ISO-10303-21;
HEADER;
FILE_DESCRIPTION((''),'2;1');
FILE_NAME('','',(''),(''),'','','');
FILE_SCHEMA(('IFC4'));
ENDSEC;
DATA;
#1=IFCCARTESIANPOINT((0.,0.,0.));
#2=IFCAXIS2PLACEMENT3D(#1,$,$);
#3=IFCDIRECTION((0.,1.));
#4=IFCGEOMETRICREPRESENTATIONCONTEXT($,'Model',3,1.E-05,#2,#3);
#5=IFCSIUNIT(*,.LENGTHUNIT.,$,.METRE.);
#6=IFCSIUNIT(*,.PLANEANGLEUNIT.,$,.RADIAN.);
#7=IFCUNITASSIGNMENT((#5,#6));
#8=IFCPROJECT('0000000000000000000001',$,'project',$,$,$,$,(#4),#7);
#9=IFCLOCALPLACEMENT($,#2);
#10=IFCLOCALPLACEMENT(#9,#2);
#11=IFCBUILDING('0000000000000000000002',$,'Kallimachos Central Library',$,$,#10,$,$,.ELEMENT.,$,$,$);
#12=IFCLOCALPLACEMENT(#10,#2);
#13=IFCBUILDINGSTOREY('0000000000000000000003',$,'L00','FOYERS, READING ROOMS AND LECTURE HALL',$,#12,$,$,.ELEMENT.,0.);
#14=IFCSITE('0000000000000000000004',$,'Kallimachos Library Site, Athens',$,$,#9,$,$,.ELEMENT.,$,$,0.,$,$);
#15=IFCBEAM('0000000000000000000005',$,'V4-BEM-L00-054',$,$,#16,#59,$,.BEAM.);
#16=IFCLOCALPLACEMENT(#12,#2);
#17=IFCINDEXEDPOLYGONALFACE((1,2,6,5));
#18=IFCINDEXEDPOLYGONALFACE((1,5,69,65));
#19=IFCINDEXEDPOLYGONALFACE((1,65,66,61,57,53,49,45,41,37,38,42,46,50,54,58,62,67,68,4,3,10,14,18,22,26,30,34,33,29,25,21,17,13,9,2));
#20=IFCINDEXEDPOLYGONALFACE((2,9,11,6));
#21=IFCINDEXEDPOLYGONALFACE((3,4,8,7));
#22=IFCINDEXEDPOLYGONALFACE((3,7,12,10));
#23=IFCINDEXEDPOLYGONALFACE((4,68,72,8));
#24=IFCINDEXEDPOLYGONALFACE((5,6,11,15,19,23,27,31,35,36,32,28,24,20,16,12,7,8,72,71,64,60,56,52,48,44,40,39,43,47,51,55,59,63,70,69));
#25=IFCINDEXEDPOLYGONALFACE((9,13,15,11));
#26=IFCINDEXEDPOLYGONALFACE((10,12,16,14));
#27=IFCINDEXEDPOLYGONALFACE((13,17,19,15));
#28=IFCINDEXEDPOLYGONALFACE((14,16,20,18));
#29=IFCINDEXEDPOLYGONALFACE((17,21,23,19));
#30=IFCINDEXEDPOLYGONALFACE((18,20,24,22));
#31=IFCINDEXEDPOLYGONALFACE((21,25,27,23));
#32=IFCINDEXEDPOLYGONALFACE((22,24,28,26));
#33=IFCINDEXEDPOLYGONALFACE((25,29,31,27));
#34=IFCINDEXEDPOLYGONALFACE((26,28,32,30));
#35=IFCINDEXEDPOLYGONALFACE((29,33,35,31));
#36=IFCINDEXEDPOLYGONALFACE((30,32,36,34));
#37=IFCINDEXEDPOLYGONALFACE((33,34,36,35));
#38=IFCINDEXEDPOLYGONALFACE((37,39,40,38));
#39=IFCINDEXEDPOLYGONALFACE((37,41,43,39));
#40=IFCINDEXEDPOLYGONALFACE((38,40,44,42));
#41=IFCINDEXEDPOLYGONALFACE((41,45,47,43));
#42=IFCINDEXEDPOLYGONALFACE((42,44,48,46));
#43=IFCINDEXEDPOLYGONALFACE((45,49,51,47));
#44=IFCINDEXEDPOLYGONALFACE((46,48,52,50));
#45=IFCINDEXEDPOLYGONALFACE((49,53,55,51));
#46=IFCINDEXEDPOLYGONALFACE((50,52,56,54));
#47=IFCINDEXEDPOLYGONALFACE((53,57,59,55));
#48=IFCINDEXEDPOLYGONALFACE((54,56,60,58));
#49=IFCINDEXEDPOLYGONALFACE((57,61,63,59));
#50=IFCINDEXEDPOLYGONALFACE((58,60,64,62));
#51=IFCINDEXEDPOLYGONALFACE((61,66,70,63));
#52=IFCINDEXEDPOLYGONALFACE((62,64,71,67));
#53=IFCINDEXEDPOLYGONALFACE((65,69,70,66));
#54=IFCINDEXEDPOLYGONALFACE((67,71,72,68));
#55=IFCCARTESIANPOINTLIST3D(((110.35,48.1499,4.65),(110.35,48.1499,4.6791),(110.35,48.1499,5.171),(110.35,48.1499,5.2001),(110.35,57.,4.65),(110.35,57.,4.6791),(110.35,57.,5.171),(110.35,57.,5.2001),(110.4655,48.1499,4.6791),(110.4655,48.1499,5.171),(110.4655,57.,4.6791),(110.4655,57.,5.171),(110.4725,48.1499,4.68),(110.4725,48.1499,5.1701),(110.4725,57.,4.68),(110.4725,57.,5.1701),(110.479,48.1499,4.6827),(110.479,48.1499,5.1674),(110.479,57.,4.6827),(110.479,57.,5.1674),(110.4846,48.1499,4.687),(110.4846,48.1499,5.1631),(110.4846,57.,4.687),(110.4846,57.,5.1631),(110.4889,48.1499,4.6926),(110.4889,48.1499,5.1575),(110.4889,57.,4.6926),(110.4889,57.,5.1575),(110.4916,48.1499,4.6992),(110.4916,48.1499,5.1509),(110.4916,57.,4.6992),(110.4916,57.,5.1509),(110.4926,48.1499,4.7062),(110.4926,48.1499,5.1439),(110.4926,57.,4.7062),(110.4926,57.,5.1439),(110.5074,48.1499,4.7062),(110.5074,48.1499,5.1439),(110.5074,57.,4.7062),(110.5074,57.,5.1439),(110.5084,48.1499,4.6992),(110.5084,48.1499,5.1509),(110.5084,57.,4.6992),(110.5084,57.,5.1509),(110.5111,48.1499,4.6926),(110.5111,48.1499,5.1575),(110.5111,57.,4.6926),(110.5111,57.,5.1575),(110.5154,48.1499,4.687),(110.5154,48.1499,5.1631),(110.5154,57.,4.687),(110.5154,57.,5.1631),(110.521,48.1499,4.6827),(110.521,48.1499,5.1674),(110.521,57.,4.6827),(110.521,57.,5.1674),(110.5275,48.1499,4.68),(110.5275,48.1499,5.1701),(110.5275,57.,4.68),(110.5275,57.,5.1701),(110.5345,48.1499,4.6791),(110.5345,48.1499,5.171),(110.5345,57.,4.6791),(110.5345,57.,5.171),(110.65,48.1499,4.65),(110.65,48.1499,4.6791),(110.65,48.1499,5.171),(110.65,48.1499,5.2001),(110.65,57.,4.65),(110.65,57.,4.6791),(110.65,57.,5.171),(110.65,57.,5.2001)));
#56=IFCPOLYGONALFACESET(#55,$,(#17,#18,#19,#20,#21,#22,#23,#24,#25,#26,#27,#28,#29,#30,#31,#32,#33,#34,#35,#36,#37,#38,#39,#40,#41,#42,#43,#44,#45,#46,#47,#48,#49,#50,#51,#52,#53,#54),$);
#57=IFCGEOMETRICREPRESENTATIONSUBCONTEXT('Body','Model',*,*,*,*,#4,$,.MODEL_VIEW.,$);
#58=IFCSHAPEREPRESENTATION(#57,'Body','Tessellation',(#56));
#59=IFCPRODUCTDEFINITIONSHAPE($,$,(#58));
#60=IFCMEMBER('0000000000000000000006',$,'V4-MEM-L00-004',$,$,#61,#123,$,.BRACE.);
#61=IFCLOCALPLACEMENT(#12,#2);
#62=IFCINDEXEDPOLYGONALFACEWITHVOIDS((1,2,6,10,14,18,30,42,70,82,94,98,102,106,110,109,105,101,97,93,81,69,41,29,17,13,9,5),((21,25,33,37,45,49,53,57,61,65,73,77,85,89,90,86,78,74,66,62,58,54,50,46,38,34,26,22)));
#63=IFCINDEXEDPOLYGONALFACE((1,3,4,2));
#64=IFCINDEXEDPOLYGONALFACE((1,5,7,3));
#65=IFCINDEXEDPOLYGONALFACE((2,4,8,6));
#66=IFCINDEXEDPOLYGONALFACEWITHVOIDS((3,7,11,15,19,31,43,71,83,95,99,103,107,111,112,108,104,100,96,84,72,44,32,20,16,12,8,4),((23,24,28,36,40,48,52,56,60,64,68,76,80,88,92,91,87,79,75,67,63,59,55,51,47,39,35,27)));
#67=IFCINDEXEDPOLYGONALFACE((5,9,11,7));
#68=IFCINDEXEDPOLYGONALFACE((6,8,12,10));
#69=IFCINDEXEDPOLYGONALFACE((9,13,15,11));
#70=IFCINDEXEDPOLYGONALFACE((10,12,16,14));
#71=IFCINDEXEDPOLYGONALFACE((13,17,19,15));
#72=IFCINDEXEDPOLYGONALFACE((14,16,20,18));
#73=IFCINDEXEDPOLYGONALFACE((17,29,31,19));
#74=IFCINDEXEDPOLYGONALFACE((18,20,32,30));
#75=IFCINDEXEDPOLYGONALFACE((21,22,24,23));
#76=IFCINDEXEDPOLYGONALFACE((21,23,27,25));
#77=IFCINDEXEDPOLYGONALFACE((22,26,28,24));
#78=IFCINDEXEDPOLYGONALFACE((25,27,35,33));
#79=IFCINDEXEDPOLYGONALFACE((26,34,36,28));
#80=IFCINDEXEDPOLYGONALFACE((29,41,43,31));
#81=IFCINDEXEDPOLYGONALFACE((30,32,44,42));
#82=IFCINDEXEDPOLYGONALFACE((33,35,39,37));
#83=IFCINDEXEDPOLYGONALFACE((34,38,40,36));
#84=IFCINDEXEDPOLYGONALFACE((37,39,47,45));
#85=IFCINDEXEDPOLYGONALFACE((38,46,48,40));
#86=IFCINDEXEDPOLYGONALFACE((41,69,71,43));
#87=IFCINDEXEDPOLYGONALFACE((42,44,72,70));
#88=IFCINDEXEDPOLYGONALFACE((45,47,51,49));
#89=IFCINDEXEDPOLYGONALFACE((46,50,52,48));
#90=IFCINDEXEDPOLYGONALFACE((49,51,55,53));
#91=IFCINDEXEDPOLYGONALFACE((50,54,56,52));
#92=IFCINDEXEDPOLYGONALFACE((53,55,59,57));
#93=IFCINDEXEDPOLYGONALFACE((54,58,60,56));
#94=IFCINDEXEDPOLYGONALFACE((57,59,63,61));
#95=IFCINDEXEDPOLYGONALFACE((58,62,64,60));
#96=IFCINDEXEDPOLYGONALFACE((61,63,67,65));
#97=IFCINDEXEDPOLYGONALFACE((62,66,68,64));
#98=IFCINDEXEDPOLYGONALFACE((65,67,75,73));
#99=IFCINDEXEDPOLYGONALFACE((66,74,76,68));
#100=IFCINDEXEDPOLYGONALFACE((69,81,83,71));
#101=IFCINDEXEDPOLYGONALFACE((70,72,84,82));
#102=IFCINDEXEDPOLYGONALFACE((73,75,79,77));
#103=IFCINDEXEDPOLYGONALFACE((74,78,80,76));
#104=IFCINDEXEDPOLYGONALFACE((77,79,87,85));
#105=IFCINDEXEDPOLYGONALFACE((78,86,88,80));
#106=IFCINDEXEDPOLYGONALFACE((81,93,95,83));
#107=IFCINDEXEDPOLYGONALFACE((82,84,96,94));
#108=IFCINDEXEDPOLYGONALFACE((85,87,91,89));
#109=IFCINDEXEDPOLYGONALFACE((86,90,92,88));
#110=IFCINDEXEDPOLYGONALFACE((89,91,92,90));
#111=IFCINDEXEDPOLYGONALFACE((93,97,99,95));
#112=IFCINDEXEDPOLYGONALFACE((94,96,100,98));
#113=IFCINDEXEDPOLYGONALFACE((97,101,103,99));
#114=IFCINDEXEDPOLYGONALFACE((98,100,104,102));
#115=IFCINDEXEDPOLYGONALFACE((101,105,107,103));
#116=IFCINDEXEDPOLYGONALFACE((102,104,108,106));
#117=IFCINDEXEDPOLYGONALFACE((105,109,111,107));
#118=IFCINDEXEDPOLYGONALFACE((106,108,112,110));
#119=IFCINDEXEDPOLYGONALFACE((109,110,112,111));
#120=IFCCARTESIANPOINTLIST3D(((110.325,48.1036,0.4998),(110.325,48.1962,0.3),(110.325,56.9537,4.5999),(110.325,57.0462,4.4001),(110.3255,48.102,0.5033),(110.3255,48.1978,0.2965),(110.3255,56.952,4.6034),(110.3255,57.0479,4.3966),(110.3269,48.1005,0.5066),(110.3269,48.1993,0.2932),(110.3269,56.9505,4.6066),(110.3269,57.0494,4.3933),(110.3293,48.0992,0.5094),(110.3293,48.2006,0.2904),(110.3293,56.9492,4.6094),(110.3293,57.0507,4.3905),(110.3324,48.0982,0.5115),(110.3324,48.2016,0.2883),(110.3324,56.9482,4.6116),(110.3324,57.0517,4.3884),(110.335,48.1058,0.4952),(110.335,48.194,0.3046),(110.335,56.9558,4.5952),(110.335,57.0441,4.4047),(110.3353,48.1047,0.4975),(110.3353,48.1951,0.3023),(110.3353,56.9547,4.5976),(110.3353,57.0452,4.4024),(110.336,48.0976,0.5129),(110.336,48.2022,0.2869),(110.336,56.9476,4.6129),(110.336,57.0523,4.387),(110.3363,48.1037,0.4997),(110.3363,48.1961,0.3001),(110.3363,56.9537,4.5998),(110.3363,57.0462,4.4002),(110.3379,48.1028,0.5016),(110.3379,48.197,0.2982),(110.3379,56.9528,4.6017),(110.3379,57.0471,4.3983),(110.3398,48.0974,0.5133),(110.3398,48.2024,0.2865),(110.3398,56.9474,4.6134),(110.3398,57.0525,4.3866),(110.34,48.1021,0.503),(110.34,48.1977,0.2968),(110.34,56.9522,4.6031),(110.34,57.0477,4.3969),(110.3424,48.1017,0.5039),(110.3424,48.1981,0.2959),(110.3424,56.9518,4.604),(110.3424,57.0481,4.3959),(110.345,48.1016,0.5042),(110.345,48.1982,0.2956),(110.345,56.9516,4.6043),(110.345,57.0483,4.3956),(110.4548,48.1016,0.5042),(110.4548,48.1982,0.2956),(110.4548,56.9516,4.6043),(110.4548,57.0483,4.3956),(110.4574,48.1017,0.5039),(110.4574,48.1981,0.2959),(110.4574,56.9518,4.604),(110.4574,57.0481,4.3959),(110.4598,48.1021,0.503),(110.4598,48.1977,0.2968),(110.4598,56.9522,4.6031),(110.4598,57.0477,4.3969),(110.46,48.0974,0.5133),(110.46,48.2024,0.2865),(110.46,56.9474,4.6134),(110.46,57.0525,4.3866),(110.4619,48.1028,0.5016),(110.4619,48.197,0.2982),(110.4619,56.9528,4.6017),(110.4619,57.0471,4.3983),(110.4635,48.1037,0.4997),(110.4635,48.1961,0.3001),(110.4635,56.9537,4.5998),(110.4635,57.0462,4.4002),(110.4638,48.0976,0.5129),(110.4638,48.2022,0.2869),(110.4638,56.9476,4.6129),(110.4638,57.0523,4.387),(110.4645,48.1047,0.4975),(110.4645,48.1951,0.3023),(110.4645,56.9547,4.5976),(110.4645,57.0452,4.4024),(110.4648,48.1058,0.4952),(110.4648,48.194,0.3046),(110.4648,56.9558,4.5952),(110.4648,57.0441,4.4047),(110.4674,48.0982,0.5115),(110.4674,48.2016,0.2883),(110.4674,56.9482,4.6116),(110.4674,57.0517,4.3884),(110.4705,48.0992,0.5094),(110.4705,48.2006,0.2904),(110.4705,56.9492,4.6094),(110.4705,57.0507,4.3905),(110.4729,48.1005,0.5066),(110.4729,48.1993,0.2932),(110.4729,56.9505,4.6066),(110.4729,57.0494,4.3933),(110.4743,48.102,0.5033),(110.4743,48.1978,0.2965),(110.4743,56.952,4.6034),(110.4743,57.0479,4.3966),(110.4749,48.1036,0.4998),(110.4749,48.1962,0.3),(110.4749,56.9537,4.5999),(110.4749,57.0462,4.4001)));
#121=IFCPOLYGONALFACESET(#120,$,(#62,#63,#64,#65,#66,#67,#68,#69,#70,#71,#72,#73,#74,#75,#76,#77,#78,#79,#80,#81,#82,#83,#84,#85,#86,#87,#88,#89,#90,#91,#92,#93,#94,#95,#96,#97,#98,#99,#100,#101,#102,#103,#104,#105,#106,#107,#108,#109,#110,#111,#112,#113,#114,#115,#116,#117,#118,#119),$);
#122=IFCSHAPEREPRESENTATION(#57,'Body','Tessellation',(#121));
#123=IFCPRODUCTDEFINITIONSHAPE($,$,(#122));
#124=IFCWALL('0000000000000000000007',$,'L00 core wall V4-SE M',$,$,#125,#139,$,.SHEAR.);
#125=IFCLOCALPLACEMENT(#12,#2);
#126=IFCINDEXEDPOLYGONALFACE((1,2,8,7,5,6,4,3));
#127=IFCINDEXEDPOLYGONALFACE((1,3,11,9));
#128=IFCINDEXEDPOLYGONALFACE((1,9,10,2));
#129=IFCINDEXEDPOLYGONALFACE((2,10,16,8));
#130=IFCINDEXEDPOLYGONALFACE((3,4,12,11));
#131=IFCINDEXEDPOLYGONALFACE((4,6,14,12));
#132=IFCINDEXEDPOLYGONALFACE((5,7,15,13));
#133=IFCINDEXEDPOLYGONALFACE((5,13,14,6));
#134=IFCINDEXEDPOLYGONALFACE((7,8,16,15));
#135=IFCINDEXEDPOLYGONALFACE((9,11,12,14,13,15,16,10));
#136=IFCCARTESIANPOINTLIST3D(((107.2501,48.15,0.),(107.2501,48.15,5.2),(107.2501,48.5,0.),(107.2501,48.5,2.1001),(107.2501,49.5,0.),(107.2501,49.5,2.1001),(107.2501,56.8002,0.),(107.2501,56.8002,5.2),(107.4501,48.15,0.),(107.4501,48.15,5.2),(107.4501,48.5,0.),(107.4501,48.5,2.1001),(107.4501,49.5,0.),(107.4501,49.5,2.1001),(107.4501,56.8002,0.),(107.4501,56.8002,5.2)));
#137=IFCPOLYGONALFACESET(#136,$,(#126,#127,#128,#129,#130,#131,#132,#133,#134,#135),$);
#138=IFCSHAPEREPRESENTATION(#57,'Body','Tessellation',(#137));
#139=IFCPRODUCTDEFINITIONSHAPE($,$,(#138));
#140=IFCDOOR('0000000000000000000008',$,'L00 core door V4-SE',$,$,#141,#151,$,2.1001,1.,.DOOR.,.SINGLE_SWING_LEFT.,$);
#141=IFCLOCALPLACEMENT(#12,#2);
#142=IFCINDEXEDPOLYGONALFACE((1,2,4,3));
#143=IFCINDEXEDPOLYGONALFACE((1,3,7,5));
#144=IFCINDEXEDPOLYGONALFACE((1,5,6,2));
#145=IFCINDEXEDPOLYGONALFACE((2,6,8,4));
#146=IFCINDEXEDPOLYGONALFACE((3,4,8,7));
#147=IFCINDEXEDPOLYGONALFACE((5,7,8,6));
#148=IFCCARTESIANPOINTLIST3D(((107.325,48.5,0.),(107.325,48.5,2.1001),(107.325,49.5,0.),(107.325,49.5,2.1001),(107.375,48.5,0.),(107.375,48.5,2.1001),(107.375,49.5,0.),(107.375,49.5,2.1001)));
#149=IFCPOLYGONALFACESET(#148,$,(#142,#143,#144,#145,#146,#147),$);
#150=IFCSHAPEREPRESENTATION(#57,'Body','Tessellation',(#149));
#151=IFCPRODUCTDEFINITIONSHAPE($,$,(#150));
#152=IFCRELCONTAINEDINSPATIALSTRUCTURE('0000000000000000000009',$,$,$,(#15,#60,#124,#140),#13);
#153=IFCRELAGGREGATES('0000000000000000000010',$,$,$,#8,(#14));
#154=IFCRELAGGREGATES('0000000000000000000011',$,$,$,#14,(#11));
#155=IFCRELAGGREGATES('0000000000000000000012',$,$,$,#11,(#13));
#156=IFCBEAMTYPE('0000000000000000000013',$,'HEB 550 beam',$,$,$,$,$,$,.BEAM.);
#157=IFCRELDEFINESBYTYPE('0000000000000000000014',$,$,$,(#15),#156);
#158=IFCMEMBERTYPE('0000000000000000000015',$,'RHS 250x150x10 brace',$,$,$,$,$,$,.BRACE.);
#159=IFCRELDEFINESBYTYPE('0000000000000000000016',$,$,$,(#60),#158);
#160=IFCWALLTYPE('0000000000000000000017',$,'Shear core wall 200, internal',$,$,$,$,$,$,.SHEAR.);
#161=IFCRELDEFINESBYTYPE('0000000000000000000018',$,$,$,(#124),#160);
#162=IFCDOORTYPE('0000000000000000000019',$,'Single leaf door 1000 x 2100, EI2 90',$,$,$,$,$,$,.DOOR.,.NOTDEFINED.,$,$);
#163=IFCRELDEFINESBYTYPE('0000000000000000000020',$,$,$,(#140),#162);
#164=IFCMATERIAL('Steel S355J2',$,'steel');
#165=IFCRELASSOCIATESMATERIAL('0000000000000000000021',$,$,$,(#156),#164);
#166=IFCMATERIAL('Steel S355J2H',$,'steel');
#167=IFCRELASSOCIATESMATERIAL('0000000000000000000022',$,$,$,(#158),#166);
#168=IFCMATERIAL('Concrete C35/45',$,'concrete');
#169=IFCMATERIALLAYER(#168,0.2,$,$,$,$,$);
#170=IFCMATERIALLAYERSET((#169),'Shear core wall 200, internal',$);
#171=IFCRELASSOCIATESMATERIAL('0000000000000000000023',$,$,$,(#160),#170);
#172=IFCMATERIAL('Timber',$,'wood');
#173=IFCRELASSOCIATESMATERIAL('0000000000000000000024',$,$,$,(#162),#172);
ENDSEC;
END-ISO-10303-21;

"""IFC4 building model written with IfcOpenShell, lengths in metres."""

from ifc_helpers import new_model, si_unit, direction, frame, frame_2d, origin, origin_2d, place, context, subcontext, project, spatial, rectangle, hollow_rectangle, i_section, extrude, material, layer, layer_set, material_profile, profile_set, type_object, element, fill, save


model = new_model("IFC4")

# Units and contexts
model_context = context("Model", 3, precision=1e-05, world=origin(), true_north=direction((0.0, 1.0)))
body_context = subcontext(model_context, "Body", "Model", "MODEL_VIEW")
ifc_project = project(units=[si_unit("LENGTHUNIT", "METRE"), si_unit("PLANEANGLEUNIT", "RADIAN")], contexts=[model_context])

# Site, building, storey
site_placement = place(None, origin())
site = spatial("IfcSite", under=ifc_project, at=site_placement, Name="Kallimachos Library Site, Athens", CompositionType="ELEMENT", RefElevation=0.0)
building_placement = place(site_placement, origin())
building = spatial("IfcBuilding", under=site, at=building_placement, Name="Kallimachos Central Library", CompositionType="ELEMENT")
storey_placement = place(building_placement, origin())
storey = spatial("IfcBuildingStorey", under=building, at=storey_placement, Name="L00", Description="FOYERS, READING ROOMS AND LECTURE HALL", CompositionType="ELEMENT", Elevation=0.0)

# Beam
ifc_material_1 = material(Name="Steel S355J2", Category="steel")
ifc_material_profile_1 = material_profile(ifc_material_1, i_section(OverallWidth=0.3, OverallDepth=0.55, WebThickness=0.0149, FlangeThickness=0.0291, FilletRadius=0.0271, at=origin_2d()), Name="HEB 550")
ifc_profile_set_1 = profile_set([ifc_material_profile_1], Name="Steel S355J2")
beam_type = type_object("IfcBeamType", Name="HEB 550 beam", PredefinedType="BEAM", material=ifc_profile_set_1)
beam_placement = place(storey_placement, frame((110.5, 48.1499, 4.925), z_axis=(0.0, 1.0, 0.0), x_axis=(-1.0, 0.0, 0.0)))
element("IfcBeam", 1, at=beam_placement, inside=storey, type_object=beam_type, Name="V4-BEM-L00-054", PredefinedType="BEAM", context=body_context, shape_type="SweptSolid", body=[
    extrude(i_section(OverallWidth=0.3, OverallDepth=0.55, WebThickness=0.0149, FlangeThickness=0.0291, FilletRadius=0.0271, at=origin_2d()), origin(), (0.0, 0.0, 1.0), 8.8501),
])

# Member
ifc_material_2 = material(Name="Steel S355J2H", Category="steel")
ifc_material_profile_2 = material_profile(ifc_material_2, hollow_rectangle(XDim=0.1499, YDim=0.25, WallThickness=0.01, InnerFilletRadius=0.01, OuterFilletRadius=0.0149, at=origin_2d()), Name="RHS 250x150x10")
ifc_profile_set_2 = profile_set([ifc_material_profile_2], Name="Steel S355J2H")
member_type = type_object("IfcMemberType", Name="RHS 250x150x10 brace", PredefinedType="BRACE", material=ifc_profile_set_2)
member_placement = place(storey_placement, frame((110.3999, 48.1499, 0.3999), z_axis=(0.0, 0.907356, 0.420363), x_axis=(-1.0, 0.0, 0.0)))
element("IfcMember", 2, at=member_placement, inside=storey, type_object=member_type, Name="V4-MEM-L00-004", PredefinedType="BRACE", context=body_context, shape_type="SweptSolid", body=[
    extrude(hollow_rectangle(XDim=0.1499, YDim=0.25, WallThickness=0.01, InnerFilletRadius=0.01, OuterFilletRadius=0.0149, at=origin_2d()), origin(), (0.0, 0.0, 1.0), 9.7537),
])

# Wall, opening, door
ifc_material_3 = material(Name="Concrete C35/45", Category="concrete")
ifc_layer_1 = layer(ifc_material_3, 0.2)
ifc_layer_set_1 = layer_set([ifc_layer_1], Name="Shear core wall 200, internal")
wall_type_1 = type_object("IfcWallType", Name="Shear core wall 200, internal", PredefinedType="SHEAR", material=ifc_layer_set_1)
wall_1_placement = place(storey_placement, frame((107.3501, 48.1499, 0.0), z_axis=(0.0, 0.0, 1.0), x_axis=(0.0, 1.0, 0.0)))
wall_1 = element("IfcWall", 3, at=wall_1_placement, inside=storey, type_object=wall_type_1, Name="L00 core wall V4-SE M", PredefinedType="SHEAR", context=body_context, shape_type="SweptSolid", body=[
    extrude(rectangle(XDim=8.6501, YDim=0.2, at=frame_2d((4.3252, 0.0))), origin(), (0.0, 0.0, 1.0), 5.2),
])
opening_1_placement = place(wall_1_placement, frame((0.3501, 0.0, 0.0)))
opening_1 = element("IfcOpeningElement", 4, at=opening_1_placement, cuts=wall_1, PredefinedType="OPENING", context=body_context, shape_type="SweptSolid", body=[
    extrude(rectangle(XDim=1.0, YDim=2.1001, at=frame_2d((0.5, 1.05))), frame((0.0, 0.1099, 0.0), z_axis=(0.0, -1.0, 0.0), x_axis=(1.0, 0.0, 0.0)), (0.0, 0.0, 1.0), 0.22),
])
ifc_material_4 = material(Name="Timber", Category="wood")
door_type = type_object("IfcDoorType", Name="Single leaf door 1000 x 2100, EI2 90", OperationType="NOTDEFINED", PredefinedType="DOOR", material=ifc_material_4)
door_placement = place(opening_1_placement, frame((1.0, 0.0, 0.0), z_axis=(0.0, 0.0, 1.0), x_axis=(-1.0, 0.0, 0.0)))
door = element("IfcDoor", 5, at=door_placement, inside=storey, type_object=door_type, Name="L00 core door V4-SE", OperationType="SINGLE_SWING_LEFT", OverallHeight=2.1001, OverallWidth=1.0, PredefinedType="DOOR", context=body_context, shape_type="SweptSolid", body=[
    extrude(rectangle(XDim=1.0, YDim=2.1001, at=frame_2d((0.5, 1.05))), frame((0.0, 0.0249, 0.0), z_axis=(0.0, -1.0, 0.0), x_axis=(1.0, 0.0, 0.0)), (0.0, 0.0, 1.0), 0.05),
])
fill(opening_1, door)

save(model, "model.ifc")
